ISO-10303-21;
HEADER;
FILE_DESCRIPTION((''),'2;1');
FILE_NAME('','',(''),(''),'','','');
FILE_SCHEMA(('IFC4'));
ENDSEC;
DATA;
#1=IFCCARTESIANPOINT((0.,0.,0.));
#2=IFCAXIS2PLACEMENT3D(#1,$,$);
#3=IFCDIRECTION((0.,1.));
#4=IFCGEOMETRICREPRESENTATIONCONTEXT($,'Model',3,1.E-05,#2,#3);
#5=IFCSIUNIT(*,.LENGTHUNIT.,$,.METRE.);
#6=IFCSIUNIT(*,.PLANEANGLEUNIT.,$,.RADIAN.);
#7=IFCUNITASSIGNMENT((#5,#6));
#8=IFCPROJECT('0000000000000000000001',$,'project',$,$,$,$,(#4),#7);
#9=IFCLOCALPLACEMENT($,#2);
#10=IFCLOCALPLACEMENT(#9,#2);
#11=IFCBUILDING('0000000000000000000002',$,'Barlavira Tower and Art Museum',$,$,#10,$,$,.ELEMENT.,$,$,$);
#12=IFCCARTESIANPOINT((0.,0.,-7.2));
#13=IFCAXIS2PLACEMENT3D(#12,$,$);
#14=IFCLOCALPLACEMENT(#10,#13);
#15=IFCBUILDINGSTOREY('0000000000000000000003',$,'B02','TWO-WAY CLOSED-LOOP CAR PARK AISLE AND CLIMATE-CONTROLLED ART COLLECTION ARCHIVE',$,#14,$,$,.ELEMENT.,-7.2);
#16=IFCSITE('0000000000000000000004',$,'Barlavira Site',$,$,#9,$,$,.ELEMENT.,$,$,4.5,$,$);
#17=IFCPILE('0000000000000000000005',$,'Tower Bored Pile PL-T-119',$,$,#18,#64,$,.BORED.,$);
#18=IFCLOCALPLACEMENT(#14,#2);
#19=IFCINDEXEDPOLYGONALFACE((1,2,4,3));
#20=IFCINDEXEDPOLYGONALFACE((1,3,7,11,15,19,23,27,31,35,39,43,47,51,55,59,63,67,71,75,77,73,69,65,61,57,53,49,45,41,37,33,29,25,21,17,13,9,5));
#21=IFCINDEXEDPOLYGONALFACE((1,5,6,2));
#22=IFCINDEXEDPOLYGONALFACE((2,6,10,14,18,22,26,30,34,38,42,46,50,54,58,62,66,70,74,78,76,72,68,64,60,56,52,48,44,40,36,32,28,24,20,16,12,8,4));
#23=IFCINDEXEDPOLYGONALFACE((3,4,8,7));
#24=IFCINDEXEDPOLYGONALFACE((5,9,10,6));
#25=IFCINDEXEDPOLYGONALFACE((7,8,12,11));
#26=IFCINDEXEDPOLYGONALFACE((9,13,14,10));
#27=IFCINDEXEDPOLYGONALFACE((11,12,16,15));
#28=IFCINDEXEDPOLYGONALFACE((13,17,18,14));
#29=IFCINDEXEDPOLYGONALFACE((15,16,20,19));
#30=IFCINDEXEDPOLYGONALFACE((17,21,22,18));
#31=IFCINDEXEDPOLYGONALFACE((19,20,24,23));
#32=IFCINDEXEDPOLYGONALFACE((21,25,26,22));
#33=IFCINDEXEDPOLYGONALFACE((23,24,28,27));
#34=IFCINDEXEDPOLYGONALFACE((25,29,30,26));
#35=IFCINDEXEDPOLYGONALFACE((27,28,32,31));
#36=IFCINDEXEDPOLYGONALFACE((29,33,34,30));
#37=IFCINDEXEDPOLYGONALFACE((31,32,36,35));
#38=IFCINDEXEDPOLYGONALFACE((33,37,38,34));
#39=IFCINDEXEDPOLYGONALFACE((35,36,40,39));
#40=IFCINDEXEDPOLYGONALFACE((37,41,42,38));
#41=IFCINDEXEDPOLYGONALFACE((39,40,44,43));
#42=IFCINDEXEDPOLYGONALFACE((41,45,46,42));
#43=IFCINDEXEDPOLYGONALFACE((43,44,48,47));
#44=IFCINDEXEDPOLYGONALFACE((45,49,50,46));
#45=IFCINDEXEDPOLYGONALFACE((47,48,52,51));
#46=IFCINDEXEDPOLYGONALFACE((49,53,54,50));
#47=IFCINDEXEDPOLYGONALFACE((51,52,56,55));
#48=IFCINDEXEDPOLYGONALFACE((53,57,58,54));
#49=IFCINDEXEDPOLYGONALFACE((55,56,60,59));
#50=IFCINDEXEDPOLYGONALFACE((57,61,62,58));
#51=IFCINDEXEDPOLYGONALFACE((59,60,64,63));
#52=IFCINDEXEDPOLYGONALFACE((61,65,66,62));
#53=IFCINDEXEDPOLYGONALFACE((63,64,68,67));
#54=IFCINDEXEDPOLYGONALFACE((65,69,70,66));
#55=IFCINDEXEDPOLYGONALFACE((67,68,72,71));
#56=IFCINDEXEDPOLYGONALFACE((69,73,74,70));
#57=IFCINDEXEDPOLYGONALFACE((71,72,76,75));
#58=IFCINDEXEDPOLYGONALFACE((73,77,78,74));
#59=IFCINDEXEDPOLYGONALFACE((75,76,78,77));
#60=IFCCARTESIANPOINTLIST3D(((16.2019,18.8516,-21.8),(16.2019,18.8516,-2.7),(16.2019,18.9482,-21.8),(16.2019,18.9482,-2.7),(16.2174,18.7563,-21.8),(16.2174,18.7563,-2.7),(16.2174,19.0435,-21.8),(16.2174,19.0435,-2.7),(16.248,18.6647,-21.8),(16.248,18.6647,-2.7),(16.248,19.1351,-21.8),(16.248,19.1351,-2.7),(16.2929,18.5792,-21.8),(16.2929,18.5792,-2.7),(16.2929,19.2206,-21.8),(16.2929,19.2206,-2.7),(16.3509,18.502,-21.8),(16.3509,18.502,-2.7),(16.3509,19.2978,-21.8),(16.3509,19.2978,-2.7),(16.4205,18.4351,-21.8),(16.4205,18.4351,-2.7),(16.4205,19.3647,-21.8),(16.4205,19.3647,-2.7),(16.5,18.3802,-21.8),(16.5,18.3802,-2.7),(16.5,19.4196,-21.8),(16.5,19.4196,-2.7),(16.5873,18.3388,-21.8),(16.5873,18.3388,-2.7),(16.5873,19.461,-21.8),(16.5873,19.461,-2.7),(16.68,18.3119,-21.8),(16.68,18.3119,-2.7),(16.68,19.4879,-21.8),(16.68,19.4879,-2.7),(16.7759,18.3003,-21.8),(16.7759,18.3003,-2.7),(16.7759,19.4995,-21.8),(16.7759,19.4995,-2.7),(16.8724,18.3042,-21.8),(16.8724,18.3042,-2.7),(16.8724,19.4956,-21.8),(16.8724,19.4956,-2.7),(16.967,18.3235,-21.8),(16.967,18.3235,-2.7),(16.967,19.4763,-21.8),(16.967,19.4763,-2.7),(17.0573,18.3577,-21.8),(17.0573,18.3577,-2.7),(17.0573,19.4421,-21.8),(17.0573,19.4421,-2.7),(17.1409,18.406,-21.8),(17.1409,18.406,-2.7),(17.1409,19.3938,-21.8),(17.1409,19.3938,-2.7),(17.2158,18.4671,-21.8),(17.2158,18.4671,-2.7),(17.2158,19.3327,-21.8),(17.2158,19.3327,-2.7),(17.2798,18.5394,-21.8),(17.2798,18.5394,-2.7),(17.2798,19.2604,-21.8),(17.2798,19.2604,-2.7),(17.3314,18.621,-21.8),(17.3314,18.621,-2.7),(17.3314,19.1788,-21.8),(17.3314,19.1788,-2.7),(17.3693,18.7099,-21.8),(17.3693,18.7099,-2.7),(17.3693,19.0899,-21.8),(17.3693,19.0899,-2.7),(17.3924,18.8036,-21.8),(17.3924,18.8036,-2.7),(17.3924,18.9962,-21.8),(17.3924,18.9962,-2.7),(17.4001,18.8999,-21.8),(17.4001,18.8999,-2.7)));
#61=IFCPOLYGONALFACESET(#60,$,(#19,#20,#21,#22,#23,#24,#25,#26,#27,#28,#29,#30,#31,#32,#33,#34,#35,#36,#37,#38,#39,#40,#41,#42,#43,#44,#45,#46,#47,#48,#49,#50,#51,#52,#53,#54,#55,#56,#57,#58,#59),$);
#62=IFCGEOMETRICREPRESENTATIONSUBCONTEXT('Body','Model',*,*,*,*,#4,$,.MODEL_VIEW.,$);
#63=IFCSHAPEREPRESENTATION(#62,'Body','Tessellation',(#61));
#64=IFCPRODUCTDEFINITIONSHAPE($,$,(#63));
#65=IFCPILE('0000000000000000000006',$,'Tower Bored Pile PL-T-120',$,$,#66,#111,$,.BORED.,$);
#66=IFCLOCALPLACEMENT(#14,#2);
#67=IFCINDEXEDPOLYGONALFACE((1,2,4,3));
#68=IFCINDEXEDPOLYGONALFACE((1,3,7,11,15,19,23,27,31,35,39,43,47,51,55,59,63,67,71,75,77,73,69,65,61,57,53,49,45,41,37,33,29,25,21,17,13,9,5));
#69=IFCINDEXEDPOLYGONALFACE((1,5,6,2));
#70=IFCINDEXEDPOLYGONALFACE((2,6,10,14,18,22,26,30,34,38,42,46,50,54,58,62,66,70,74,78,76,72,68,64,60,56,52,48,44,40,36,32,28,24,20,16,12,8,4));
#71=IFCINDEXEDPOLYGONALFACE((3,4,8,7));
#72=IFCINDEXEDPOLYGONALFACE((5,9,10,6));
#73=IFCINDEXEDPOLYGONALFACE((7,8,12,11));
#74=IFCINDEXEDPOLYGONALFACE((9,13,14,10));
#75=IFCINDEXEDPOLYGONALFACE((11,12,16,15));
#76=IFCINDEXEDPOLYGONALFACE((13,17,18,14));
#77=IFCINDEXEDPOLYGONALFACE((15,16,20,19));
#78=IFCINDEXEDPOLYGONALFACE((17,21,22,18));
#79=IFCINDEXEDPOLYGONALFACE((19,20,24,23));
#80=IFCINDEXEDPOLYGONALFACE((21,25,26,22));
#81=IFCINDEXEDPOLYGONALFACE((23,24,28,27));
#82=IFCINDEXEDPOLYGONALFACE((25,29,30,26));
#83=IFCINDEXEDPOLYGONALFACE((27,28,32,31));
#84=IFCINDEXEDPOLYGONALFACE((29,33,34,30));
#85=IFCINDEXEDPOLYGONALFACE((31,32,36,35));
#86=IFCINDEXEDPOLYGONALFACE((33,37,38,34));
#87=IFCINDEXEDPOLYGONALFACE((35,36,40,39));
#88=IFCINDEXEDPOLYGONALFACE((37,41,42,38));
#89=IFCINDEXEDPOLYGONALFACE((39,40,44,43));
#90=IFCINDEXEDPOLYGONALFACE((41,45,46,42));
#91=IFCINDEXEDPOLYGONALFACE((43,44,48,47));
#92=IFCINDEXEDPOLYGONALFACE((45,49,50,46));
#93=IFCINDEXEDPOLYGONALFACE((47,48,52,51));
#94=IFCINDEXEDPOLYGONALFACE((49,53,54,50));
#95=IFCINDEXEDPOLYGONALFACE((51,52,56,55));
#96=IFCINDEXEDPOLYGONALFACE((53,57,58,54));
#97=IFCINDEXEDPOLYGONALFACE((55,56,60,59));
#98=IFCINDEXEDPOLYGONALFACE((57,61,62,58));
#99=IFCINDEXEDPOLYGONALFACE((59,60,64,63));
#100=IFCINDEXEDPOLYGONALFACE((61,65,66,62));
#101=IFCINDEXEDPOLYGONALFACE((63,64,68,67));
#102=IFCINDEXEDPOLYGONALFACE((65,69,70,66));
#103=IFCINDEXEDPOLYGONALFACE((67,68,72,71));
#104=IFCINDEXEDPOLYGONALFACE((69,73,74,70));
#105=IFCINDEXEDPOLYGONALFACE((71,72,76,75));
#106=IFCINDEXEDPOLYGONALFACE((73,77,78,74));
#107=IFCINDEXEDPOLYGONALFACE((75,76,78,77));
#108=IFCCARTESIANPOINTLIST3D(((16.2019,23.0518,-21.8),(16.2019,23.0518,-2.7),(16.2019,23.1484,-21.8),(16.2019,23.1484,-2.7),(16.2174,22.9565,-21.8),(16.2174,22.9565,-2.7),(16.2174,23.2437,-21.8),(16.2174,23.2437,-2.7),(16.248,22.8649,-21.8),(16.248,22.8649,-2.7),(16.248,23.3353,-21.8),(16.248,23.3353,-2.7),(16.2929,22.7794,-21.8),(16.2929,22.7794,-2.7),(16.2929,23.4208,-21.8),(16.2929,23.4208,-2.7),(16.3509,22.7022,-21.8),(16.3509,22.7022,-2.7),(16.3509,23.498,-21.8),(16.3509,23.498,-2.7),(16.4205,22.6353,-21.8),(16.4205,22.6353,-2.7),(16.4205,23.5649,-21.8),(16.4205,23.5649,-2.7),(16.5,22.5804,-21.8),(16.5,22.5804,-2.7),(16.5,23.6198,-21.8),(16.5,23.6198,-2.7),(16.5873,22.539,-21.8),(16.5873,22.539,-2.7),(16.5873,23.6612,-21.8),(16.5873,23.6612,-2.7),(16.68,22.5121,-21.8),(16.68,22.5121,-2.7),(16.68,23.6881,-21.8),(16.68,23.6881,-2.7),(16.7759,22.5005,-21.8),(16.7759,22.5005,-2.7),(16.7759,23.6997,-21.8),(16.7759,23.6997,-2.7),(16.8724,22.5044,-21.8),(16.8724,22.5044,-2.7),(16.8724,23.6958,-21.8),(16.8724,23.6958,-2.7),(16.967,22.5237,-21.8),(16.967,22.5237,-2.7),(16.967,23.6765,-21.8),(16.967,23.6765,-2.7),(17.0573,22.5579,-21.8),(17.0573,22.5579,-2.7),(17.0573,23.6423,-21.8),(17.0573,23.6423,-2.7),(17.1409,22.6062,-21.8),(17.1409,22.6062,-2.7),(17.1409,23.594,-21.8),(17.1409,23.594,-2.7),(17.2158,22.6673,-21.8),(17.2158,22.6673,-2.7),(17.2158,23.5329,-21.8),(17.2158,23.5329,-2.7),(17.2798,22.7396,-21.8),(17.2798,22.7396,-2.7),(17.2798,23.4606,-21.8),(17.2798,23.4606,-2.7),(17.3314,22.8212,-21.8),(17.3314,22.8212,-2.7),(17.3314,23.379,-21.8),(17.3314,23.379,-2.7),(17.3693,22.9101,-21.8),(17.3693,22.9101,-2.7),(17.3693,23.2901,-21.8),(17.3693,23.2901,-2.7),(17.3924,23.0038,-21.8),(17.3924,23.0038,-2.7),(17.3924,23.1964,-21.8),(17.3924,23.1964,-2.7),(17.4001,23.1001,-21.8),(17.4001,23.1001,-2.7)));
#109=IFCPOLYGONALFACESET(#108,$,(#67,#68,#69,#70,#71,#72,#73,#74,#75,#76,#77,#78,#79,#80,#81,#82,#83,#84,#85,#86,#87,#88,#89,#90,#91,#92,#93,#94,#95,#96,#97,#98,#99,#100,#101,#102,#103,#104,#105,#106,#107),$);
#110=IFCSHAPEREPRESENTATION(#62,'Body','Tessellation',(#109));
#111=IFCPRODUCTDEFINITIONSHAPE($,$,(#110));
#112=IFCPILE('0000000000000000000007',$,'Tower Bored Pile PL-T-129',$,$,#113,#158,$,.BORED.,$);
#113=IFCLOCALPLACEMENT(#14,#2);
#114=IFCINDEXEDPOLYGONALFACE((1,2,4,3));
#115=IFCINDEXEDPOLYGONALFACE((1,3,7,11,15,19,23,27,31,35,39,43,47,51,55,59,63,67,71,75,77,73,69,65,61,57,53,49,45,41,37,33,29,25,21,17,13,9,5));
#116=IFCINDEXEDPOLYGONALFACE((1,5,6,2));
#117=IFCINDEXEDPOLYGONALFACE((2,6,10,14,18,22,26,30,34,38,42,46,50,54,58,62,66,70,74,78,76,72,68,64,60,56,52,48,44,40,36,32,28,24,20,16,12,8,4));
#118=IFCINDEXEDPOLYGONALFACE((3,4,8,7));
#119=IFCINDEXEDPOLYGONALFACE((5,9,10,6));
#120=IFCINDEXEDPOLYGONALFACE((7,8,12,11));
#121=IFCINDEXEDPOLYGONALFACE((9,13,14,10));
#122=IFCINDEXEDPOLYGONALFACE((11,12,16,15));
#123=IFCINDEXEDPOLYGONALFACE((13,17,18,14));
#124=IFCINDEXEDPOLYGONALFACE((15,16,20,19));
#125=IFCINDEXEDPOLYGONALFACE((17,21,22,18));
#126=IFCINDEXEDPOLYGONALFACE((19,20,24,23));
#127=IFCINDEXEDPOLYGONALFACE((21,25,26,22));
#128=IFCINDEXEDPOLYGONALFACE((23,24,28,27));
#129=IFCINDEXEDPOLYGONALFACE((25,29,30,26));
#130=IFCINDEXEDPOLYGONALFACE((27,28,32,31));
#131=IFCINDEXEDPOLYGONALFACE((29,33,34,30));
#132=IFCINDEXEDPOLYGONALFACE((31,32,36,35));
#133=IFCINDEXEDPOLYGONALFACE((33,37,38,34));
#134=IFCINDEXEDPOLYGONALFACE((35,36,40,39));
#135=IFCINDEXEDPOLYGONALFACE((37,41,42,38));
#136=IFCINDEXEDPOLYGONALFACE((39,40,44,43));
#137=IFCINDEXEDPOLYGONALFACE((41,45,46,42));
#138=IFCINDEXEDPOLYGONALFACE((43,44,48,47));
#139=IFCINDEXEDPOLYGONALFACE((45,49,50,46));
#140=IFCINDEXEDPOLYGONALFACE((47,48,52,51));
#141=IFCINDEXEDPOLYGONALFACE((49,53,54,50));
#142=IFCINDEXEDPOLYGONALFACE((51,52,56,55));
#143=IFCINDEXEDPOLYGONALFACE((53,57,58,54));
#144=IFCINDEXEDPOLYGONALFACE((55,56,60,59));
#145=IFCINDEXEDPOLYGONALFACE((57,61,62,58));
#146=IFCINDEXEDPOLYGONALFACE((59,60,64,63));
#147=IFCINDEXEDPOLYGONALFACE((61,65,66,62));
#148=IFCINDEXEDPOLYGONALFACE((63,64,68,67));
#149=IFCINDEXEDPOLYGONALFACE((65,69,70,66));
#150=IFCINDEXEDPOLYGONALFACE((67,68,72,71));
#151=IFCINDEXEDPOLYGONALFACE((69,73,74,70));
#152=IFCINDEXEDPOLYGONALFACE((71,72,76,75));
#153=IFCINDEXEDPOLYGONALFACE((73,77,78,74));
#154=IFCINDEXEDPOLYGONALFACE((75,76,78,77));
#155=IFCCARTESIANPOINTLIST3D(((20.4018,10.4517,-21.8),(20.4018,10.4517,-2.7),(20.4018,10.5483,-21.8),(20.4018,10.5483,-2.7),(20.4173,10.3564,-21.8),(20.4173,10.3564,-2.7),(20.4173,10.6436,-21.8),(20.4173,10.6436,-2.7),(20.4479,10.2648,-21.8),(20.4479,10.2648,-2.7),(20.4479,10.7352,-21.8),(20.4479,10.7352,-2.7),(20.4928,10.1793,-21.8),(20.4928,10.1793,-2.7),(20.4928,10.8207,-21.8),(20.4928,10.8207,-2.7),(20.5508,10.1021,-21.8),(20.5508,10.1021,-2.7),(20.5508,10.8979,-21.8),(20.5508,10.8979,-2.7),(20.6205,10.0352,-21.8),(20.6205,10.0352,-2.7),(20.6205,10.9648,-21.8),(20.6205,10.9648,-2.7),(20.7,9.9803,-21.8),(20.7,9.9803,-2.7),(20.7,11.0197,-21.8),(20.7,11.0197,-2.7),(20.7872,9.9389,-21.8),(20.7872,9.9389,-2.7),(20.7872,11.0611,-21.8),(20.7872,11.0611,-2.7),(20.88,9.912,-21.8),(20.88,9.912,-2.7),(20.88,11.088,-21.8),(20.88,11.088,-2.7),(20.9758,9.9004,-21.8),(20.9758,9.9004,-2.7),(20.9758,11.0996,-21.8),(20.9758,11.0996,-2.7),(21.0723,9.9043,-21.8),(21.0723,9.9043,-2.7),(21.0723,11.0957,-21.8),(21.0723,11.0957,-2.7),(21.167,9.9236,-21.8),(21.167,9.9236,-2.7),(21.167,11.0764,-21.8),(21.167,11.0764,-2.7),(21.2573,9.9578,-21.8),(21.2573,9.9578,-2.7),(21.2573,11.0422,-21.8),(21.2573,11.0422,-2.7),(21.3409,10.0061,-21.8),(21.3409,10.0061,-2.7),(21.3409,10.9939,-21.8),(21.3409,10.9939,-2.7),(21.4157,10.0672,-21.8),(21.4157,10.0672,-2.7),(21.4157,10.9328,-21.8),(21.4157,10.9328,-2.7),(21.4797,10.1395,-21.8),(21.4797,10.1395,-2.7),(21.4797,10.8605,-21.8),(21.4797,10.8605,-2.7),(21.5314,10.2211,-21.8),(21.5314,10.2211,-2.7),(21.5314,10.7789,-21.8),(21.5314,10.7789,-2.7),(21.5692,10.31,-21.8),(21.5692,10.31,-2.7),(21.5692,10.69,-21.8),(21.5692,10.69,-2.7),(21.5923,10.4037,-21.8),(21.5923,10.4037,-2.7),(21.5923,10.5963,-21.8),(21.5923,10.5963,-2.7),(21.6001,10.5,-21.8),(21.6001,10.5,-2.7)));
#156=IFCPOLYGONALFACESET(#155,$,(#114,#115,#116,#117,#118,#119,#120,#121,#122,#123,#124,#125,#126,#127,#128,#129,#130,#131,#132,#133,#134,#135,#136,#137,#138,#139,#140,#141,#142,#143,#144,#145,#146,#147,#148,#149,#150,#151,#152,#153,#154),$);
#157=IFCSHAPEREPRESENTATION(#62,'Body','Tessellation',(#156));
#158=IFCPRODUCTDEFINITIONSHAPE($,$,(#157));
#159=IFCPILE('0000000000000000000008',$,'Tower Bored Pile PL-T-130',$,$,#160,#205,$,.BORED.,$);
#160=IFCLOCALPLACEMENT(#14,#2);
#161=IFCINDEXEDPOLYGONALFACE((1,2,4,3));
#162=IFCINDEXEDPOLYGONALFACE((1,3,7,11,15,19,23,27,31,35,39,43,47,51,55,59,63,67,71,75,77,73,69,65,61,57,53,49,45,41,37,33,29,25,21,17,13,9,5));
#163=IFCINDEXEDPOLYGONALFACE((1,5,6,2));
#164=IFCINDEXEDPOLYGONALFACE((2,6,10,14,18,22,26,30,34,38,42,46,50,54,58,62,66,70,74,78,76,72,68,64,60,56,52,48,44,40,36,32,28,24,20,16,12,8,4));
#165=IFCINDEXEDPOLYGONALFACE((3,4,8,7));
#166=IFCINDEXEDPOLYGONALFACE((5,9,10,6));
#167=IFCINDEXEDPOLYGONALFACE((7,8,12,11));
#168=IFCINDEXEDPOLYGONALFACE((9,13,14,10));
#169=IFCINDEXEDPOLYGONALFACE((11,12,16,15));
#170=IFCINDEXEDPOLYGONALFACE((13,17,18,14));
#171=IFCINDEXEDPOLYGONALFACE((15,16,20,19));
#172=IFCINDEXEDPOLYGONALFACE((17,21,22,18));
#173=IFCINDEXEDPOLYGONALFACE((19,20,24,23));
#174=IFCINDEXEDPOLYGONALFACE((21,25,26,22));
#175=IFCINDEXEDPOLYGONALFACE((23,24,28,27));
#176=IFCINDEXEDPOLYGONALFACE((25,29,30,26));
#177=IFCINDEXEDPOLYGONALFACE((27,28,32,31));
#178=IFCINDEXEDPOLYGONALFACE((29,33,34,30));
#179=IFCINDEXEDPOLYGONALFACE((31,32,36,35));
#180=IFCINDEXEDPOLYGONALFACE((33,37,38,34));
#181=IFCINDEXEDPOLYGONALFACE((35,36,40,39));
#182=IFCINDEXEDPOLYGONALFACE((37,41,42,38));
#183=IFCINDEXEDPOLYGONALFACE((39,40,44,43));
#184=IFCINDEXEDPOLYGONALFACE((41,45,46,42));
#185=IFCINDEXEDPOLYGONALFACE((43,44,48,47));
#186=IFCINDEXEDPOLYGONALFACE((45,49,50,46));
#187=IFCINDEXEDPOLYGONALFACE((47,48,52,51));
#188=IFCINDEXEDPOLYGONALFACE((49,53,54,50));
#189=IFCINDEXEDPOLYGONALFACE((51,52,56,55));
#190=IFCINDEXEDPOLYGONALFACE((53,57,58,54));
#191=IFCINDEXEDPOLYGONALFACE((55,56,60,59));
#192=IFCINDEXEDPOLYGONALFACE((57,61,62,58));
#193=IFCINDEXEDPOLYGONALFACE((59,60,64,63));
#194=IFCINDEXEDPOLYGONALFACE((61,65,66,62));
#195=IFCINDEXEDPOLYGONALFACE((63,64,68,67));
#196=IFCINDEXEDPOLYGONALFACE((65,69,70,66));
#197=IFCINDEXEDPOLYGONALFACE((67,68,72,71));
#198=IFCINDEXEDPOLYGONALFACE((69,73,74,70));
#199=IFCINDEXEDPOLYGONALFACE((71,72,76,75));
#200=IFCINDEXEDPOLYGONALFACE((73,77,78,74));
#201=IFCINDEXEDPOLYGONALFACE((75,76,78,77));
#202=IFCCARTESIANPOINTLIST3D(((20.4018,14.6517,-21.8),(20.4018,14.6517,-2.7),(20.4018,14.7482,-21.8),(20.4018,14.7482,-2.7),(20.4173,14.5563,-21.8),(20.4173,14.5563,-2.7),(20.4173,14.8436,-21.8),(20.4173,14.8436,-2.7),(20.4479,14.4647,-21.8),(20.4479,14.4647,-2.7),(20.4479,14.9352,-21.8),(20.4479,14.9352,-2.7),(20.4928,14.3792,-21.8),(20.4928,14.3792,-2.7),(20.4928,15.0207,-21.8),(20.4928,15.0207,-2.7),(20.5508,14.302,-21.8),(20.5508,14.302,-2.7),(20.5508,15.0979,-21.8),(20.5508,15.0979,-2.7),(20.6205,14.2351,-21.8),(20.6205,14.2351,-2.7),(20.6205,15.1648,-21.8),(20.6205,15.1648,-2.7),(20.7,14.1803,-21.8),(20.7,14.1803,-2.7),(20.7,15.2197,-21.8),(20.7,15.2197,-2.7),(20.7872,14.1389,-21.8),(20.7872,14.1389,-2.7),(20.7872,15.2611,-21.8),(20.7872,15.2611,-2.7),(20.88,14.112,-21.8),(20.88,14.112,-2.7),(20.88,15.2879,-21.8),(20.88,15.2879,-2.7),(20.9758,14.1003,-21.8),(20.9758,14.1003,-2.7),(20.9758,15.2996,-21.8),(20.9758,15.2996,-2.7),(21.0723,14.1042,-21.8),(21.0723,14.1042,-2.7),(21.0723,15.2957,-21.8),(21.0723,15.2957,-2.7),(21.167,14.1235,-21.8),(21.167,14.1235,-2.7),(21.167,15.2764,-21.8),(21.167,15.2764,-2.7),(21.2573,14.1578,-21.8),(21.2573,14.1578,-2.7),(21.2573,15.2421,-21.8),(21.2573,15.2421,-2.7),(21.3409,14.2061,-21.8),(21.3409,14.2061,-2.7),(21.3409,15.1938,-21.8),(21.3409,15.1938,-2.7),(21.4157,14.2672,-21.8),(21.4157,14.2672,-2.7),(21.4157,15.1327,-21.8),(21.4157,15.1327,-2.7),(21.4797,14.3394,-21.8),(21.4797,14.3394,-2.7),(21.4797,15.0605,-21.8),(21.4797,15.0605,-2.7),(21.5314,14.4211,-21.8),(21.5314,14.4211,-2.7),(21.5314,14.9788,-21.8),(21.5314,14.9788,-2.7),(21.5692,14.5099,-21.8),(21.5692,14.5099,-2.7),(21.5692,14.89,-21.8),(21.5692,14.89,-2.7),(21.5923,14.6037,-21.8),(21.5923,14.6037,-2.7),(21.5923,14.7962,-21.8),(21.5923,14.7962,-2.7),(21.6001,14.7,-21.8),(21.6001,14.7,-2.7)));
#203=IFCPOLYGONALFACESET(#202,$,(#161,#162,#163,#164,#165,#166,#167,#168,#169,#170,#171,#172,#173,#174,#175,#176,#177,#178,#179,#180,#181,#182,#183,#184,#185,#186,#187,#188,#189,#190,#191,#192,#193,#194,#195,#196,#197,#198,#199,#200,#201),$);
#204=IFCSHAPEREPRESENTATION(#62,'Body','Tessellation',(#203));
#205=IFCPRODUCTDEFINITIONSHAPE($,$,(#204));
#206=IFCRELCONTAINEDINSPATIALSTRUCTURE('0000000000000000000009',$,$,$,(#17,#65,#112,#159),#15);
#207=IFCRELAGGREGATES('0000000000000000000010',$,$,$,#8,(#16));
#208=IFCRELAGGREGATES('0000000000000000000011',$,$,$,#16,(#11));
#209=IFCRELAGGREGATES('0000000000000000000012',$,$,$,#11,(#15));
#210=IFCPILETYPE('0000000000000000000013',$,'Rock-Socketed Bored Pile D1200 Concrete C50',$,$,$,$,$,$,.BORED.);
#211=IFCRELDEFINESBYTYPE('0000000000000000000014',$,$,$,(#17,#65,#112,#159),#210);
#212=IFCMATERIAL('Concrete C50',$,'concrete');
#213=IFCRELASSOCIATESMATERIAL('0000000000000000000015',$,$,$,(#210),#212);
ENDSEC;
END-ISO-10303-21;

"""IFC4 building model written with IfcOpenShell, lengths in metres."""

from ifc_helpers import new_model, si_unit, direction, frame, origin, origin_2d, place, context, subcontext, project, spatial, circle, extrude, material, material_profile, profile_set, type_object, element, save


model = new_model("IFC4")

# Units and contexts
model_context = context("Model", 3, precision=1e-05, world=origin(), true_north=direction((0.0, 1.0)))
body_context = subcontext(model_context, "Body", "Model", "MODEL_VIEW")
ifc_project = project(units=[si_unit("LENGTHUNIT", "METRE"), si_unit("PLANEANGLEUNIT", "RADIAN")], contexts=[model_context])

# Site, building, storey
site_placement = place(None, origin())
site = spatial("IfcSite", under=ifc_project, at=site_placement, Name="Barlavira Site", CompositionType="ELEMENT", RefElevation=4.5)
building_placement = place(site_placement, origin())
building = spatial("IfcBuilding", under=site, at=building_placement, Name="Barlavira Tower and Art Museum", CompositionType="ELEMENT")
storey_placement = place(building_placement, frame((0.0, 0.0, -7.2)))
storey = spatial("IfcBuildingStorey", under=building, at=storey_placement, Name="B02", Description="TWO-WAY CLOSED-LOOP CAR PARK AISLE AND CLIMATE-CONTROLLED ART COLLECTION ARCHIVE", CompositionType="ELEMENT", Elevation=-7.2)

# Piles
ifc_material_1 = material(Name="Concrete C50", Category="concrete")
ifc_material_profile_1 = material_profile(ifc_material_1, circle(Radius=0.6001, at=origin_2d()), Name="BORED PILE D1200")
ifc_profile_set_1 = profile_set([ifc_material_profile_1], Name="Concrete C50")
pile_type = type_object("IfcPileType", Name="Rock-Socketed Bored Pile D1200 Concrete C50", PredefinedType="BORED", material=ifc_profile_set_1)
for number, where, z_axis, x_axis, name in (
    (1, (16.8, 18.8999, -2.7), (0.0, 0.0, -1.0), (1.0, 0.0, 0.0), "Tower Bored Pile PL-T-119"),
    (2, (16.8, 23.1001, -2.7), (0.0, 0.0, -1.0), (1.0, 0.0, 0.0), "Tower Bored Pile PL-T-120"),
    (3, (21.0, 10.5, -2.7), (0.0, 0.0, -1.0), (1.0, 0.0, 0.0), "Tower Bored Pile PL-T-129"),
    (4, (21.0, 14.7, -2.7), (0.0, 0.0, -1.0), (1.0, 0.0, 0.0), "Tower Bored Pile PL-T-130"),
):
    element("IfcPile", number, at=place(storey_placement, frame(where, z_axis=z_axis, x_axis=x_axis)), inside=storey, type_object=pile_type, Name=name, PredefinedType="BORED", context=body_context, shape_type="SweptSolid", body=[
        extrude(circle(Radius=0.6001, at=origin_2d()), origin(), (0.0, 0.0, 1.0), 19.1001),
    ])

save(model, "model.ifc")
